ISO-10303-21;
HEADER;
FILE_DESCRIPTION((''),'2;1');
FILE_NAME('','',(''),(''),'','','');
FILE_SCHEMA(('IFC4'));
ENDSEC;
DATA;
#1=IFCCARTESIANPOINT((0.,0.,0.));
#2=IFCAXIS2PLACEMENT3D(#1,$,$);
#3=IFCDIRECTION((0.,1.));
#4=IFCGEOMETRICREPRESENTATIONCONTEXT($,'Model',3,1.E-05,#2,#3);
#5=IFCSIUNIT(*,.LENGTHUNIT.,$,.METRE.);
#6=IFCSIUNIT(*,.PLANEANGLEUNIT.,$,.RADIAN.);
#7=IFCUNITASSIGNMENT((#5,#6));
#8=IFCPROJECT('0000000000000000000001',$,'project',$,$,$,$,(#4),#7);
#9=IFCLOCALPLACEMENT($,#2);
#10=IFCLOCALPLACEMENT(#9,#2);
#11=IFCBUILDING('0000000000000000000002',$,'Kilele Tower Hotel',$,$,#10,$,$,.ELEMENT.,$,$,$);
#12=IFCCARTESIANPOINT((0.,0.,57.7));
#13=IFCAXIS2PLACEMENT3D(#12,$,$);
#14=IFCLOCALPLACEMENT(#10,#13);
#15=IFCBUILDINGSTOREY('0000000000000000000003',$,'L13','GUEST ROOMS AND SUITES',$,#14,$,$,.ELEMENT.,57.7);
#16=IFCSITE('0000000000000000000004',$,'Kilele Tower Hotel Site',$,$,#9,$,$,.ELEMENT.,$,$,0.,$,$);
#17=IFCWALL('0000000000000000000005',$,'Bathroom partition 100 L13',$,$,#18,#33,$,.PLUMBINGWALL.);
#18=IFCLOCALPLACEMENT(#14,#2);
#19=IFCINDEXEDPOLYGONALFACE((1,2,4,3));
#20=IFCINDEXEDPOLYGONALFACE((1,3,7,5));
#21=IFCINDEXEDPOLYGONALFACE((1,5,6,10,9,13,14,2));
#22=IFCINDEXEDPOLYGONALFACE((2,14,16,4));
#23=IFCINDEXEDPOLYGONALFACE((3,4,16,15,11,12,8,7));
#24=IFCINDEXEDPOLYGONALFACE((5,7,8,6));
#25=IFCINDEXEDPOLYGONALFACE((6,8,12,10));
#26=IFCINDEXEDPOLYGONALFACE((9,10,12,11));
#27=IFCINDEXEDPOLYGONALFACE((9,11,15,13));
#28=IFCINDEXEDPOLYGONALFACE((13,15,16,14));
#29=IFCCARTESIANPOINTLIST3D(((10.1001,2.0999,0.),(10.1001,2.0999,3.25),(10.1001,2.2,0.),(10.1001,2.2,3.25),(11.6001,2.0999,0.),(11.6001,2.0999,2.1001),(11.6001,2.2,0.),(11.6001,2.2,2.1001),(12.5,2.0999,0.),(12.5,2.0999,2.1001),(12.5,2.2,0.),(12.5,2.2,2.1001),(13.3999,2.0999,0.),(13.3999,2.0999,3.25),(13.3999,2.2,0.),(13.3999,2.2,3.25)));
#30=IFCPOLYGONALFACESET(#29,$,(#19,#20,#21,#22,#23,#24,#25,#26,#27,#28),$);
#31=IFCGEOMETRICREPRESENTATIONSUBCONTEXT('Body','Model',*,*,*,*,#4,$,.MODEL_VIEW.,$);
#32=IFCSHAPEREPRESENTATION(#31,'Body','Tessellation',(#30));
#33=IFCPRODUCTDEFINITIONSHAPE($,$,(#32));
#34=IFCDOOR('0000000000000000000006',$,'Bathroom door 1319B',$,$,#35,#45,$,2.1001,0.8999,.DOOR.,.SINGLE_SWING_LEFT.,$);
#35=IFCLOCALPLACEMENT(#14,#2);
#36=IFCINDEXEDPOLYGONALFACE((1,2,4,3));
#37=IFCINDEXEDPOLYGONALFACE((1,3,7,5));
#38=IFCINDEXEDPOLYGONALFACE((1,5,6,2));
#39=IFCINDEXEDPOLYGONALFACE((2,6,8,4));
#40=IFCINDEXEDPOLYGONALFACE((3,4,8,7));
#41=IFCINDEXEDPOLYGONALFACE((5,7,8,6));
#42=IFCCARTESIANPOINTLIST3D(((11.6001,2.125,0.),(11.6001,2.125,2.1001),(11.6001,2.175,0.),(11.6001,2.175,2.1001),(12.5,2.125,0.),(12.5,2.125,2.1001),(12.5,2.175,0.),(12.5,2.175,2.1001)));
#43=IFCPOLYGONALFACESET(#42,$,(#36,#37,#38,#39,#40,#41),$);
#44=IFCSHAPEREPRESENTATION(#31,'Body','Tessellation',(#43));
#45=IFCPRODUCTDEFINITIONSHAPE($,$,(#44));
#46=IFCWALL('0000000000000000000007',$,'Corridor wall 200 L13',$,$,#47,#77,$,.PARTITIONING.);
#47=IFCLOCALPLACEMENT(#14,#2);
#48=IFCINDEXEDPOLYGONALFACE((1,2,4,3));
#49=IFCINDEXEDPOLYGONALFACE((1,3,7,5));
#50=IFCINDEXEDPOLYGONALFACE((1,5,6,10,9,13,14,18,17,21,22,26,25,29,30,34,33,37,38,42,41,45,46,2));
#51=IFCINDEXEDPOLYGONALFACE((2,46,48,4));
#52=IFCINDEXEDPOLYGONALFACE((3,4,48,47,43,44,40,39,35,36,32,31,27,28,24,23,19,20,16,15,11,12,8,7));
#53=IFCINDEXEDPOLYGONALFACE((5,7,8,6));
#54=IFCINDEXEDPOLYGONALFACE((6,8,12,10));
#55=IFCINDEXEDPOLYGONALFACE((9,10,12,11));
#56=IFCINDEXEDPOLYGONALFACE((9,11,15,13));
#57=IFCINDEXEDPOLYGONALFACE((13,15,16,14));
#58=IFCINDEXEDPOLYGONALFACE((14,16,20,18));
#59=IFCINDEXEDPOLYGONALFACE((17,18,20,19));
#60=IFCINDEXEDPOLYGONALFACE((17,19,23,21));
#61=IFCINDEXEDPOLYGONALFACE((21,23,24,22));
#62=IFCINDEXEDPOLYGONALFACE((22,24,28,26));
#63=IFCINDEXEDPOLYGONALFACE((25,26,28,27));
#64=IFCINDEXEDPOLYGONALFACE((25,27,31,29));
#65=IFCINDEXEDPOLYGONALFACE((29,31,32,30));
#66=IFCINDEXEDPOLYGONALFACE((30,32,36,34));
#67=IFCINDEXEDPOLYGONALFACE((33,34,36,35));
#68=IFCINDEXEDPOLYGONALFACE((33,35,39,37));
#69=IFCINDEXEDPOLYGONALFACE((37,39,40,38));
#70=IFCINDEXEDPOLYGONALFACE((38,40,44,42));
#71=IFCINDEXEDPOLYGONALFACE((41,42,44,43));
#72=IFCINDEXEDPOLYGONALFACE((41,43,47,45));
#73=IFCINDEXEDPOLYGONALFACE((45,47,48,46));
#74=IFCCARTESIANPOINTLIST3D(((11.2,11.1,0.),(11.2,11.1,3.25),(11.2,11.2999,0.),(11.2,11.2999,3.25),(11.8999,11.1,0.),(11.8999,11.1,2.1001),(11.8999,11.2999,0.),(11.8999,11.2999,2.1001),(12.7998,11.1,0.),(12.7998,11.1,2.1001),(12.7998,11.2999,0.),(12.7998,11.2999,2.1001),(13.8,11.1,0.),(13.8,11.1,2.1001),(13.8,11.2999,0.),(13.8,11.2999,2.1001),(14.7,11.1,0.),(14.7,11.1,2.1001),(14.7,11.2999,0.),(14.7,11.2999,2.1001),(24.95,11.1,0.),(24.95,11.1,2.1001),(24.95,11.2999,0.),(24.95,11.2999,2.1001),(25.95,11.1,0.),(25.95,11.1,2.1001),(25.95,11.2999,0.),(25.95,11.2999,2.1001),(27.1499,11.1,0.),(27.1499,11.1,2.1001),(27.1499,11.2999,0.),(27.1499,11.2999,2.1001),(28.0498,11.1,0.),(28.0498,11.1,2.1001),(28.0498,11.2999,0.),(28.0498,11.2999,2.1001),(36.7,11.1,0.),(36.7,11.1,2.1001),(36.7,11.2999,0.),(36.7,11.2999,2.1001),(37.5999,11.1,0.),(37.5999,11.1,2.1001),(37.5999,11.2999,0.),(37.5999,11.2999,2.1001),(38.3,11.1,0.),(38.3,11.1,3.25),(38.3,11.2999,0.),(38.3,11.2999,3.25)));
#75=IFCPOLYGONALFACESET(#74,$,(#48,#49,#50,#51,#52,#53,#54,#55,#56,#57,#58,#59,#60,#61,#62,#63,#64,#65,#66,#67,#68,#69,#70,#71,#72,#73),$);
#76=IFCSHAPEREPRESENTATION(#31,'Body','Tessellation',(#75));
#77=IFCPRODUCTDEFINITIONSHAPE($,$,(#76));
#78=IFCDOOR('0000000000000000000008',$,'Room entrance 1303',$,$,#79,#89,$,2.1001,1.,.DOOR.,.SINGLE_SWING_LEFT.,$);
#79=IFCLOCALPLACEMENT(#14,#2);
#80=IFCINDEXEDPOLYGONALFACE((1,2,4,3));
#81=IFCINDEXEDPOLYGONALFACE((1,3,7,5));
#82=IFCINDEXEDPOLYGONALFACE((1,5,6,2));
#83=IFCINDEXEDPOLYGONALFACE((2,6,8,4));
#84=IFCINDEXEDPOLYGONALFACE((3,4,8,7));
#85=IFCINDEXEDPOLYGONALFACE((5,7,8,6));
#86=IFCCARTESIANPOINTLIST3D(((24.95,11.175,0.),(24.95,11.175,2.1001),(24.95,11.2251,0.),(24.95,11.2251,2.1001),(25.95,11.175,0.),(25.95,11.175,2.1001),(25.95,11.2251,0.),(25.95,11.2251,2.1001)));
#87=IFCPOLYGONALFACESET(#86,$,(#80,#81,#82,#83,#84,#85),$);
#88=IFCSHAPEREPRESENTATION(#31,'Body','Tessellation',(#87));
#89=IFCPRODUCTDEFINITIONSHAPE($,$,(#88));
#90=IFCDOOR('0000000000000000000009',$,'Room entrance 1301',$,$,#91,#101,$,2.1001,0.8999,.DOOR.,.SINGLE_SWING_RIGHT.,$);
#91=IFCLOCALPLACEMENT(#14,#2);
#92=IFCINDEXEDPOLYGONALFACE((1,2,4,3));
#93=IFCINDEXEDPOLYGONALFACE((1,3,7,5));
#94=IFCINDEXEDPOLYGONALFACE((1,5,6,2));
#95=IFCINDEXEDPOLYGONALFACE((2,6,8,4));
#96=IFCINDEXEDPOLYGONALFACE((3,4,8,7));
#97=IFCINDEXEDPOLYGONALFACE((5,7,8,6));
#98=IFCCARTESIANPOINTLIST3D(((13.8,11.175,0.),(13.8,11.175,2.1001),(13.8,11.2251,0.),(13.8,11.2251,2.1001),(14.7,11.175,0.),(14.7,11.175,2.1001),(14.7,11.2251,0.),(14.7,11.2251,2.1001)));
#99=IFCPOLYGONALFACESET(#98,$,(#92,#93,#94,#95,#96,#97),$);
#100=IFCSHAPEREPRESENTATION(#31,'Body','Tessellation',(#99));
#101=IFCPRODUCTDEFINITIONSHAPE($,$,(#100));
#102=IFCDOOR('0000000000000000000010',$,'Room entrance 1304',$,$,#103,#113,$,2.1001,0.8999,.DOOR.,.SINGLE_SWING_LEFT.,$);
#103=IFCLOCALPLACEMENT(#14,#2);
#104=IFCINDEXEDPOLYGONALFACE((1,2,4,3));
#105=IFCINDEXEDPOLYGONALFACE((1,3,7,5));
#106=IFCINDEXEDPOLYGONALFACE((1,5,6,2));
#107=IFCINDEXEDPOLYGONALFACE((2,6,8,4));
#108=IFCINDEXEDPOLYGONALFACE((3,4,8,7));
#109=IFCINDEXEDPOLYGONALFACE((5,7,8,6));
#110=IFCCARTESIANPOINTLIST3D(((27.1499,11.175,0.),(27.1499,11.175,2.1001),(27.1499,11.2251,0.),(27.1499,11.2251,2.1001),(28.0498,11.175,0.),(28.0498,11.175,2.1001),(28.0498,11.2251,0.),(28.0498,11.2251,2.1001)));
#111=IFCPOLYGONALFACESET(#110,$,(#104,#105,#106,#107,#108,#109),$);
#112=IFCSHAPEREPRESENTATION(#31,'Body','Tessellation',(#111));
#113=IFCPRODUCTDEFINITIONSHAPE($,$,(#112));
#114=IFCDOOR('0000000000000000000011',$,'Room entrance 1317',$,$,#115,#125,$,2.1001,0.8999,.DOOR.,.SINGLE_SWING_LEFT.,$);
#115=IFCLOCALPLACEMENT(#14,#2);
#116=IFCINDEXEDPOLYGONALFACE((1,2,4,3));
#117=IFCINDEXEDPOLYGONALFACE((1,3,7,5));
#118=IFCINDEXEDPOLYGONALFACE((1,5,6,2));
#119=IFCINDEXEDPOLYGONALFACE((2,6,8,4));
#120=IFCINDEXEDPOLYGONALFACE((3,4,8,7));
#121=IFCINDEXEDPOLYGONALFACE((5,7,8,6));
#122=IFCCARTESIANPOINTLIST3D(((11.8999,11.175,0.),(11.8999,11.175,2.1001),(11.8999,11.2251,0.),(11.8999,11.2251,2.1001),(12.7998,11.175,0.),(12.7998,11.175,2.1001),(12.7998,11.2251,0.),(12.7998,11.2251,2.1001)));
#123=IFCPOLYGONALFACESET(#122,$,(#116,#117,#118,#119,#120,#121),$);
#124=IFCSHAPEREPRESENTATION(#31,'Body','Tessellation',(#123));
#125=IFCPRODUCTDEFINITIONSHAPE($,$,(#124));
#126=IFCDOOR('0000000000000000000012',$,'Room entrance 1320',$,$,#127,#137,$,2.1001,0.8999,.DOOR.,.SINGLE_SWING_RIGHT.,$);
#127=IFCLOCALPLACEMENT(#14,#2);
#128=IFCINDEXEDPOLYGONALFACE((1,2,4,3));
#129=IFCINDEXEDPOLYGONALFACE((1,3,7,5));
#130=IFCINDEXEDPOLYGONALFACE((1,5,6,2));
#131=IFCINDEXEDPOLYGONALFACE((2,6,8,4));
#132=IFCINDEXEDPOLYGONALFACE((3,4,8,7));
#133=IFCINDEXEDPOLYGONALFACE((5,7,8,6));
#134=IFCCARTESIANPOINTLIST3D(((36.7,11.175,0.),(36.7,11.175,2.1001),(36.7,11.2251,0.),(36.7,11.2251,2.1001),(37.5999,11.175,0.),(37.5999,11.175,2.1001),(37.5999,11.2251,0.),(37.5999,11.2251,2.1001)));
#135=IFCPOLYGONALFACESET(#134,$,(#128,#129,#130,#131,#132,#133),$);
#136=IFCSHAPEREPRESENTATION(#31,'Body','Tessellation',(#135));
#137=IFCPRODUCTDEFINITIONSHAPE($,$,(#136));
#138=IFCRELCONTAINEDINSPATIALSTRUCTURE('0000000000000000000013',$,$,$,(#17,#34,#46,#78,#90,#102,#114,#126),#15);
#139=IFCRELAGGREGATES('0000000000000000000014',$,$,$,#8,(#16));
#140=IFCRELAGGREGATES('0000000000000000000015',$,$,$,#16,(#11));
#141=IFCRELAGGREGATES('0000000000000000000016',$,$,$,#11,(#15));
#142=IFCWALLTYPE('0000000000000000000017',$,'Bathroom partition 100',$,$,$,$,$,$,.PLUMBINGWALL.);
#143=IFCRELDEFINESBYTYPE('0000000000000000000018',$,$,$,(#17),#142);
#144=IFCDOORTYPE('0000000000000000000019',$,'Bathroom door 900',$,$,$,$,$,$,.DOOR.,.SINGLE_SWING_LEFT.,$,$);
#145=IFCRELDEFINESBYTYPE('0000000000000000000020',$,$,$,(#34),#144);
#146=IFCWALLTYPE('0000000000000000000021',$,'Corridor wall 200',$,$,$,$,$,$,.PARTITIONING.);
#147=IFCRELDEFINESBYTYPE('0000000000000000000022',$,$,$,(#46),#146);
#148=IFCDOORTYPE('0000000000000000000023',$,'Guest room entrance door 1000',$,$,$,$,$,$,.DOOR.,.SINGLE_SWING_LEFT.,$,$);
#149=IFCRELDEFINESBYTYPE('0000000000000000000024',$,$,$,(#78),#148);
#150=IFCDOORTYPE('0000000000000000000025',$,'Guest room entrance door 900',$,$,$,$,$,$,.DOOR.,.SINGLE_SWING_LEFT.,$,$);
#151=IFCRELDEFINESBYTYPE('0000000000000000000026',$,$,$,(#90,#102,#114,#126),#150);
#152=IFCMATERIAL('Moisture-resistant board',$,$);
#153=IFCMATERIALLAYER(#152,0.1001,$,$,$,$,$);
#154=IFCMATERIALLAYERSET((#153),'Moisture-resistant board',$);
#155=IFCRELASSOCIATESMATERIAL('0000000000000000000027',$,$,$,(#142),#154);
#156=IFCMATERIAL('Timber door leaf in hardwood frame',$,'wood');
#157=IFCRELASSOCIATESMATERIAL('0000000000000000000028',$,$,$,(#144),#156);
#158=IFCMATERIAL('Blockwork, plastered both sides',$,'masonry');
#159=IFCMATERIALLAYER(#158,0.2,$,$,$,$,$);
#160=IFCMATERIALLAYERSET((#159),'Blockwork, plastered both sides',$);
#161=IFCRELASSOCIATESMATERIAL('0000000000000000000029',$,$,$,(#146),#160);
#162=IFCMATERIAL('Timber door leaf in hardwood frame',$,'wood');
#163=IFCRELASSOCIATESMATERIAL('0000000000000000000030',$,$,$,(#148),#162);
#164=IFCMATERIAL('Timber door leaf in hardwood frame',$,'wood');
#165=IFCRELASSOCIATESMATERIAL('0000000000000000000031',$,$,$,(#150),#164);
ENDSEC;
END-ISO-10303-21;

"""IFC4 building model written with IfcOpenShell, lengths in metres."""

from ifc_helpers import new_model, si_unit, direction, frame, frame_2d, origin, place, context, subcontext, project, spatial, rectangle, extrude, material, layer, layer_set, type_object, element, fill, save


model = new_model("IFC4")

# Units and contexts
model_context = context("Model", 3, precision=1e-05, world=origin(), true_north=direction((0.0, 1.0)))
body_context = subcontext(model_context, "Body", "Model", "MODEL_VIEW")
ifc_project = project(units=[si_unit("LENGTHUNIT", "METRE"), si_unit("PLANEANGLEUNIT", "RADIAN")], contexts=[model_context])

# Site, building, storey
site_placement = place(None, origin())
site = spatial("IfcSite", under=ifc_project, at=site_placement, Name="Kilele Tower Hotel Site", CompositionType="ELEMENT", RefElevation=0.0)
building_placement = place(site_placement, origin())
building = spatial("IfcBuilding", under=site, at=building_placement, Name="Kilele Tower Hotel", CompositionType="ELEMENT")
storey_placement = place(building_placement, frame((0.0, 0.0, 57.7)))
storey = spatial("IfcBuildingStorey", under=building, at=storey_placement, Name="L13", Description="GUEST ROOMS AND SUITES", CompositionType="ELEMENT", Elevation=57.7)

# Shared definitions
ifc_material_1 = material(Name="Moisture-resistant board")
ifc_layer_1 = layer(ifc_material_1, 0.1001)
ifc_layer_set_1 = layer_set([ifc_layer_1], Name="Moisture-resistant board")
wall_type_1 = type_object("IfcWallType", Name="Bathroom partition 100", PredefinedType="PLUMBINGWALL", material=ifc_layer_set_1)

# Wall, opening, door
ifc_material_2 = material(Name="Timber door leaf in hardwood frame", Category="wood")
door_type_1 = type_object("IfcDoorType", Name="Bathroom door 900", OperationType="SINGLE_SWING_LEFT", PredefinedType="DOOR", material=ifc_material_2)
wall_1_placement = place(storey_placement, frame((13.3999, 2.1499, 0.0), z_axis=(0.0, 0.0, 1.0), x_axis=(-1.0, 0.0, 0.0)))
wall_1 = element("IfcWall", 1, at=wall_1_placement, inside=storey, type_object=wall_type_1, Name="Bathroom partition 100 L13", PredefinedType="PLUMBINGWALL", context=body_context, shape_type="SweptSolid", body=[
    extrude(rectangle(XDim=3.2998, YDim=0.1001, at=frame_2d((1.6499, 0.0))), origin(), (0.0, 0.0, 1.0), 3.25),
])
opening_1_placement = place(wall_1_placement, frame((0.8999, 0.0, 0.0)))
opening_1 = element("IfcOpeningElement", 2, at=opening_1_placement, cuts=wall_1, PredefinedType="OPENING", context=body_context, shape_type="SweptSolid", body=[
    extrude(rectangle(XDim=0.8999, YDim=2.1001, at=frame_2d((0.45, 1.05))), frame((0.0, 0.0601, 0.0), z_axis=(0.0, -1.0, 0.0), x_axis=(1.0, 0.0, 0.0)), (0.0, 0.0, 1.0), 0.1201),
])
door_1_placement = place(opening_1_placement, origin())
door_1 = element("IfcDoor", 3, at=door_1_placement, inside=storey, type_object=door_type_1, Name="Bathroom door 1319B", OperationType="SINGLE_SWING_LEFT", OverallHeight=2.1001, OverallWidth=0.8999, PredefinedType="DOOR", context=body_context, shape_type="SweptSolid", body=[
    extrude(rectangle(XDim=0.8999, YDim=2.1001, at=frame_2d((0.45, 1.05))), frame((0.0, 0.0249, 0.0), z_axis=(0.0, -1.0, 0.0), x_axis=(1.0, 0.0, 0.0)), (0.0, 0.0, 1.0), 0.05),
])
fill(opening_1, door_1)

# Wall, openings, doors
ifc_material_3 = material(Name="Blockwork, plastered both sides", Category="masonry")
ifc_layer_2 = layer(ifc_material_3, 0.2)
ifc_layer_set_2 = layer_set([ifc_layer_2], Name="Blockwork, plastered both sides")
wall_type_2 = type_object("IfcWallType", Name="Corridor wall 200", PredefinedType="PARTITIONING", material=ifc_layer_set_2)
wall_2_placement = place(storey_placement, frame((11.2, 11.2, 0.0), z_axis=(0.0, 0.0, 1.0), x_axis=(1.0, 0.0, 0.0)))
wall_2 = element("IfcWall", 4, at=wall_2_placement, inside=storey, type_object=wall_type_2, Name="Corridor wall 200 L13", PredefinedType="PARTITIONING", context=body_context, shape_type="SweptSolid", body=[
    extrude(rectangle(XDim=27.1001, YDim=0.2, at=frame_2d((13.55, 0.0))), origin(), (0.0, 0.0, 1.0), 3.25),
])
opening_2_placement = place(wall_2_placement, frame((3.5, 0.0, 0.0), z_axis=(0.0, 0.0, 1.0), x_axis=(-1.0, 0.0, 0.0)))
opening_2 = element("IfcOpeningElement", 5, at=opening_2_placement, cuts=wall_2, PredefinedType="OPENING", context=body_context, shape_type="SweptSolid", body=[
    extrude(rectangle(XDim=0.8999, YDim=2.1001, at=frame_2d((0.45, 1.05))), frame((0.0, 0.1099, 0.0), z_axis=(0.0, -1.0, 0.0), x_axis=(1.0, 0.0, 0.0)), (0.0, 0.0, 1.0), 0.22),
])
opening_3_placement = place(wall_2_placement, frame((14.75, 0.0, 0.0), z_axis=(0.0, 0.0, 1.0), x_axis=(-1.0, 0.0, 0.0)))
opening_3 = element("IfcOpeningElement", 6, at=opening_3_placement, cuts=wall_2, PredefinedType="OPENING", context=body_context, shape_type="SweptSolid", body=[
    extrude(rectangle(XDim=1.0, YDim=2.1001, at=frame_2d((0.5, 1.05))), frame((0.0, 0.1099, 0.0), z_axis=(0.0, -1.0, 0.0), x_axis=(1.0, 0.0, 0.0)), (0.0, 0.0, 1.0), 0.22),
])
opening_4_placement = place(wall_2_placement, frame((16.8499, 0.0, 0.0), z_axis=(0.0, 0.0, 1.0), x_axis=(-1.0, 0.0, 0.0)))
opening_4 = element("IfcOpeningElement", 7, at=opening_4_placement, cuts=wall_2, PredefinedType="OPENING", context=body_context, shape_type="SweptSolid", body=[
    extrude(rectangle(XDim=0.8999, YDim=2.1001, at=frame_2d((0.45, 1.05))), frame((0.0, 0.1099, 0.0), z_axis=(0.0, -1.0, 0.0), x_axis=(1.0, 0.0, 0.0)), (0.0, 0.0, 1.0), 0.22),
])
opening_5_placement = place(wall_2_placement, frame((1.5999, 0.0, 0.0), z_axis=(0.0, 0.0, 1.0), x_axis=(-1.0, 0.0, 0.0)))
opening_5 = element("IfcOpeningElement", 8, at=opening_5_placement, cuts=wall_2, PredefinedType="OPENING", context=body_context, shape_type="SweptSolid", body=[
    extrude(rectangle(XDim=0.8999, YDim=2.1001, at=frame_2d((0.45, 1.05))), frame((0.0, 0.1099, 0.0), z_axis=(0.0, -1.0, 0.0), x_axis=(1.0, 0.0, 0.0)), (0.0, 0.0, 1.0), 0.22),
])
opening_6_placement = place(wall_2_placement, frame((26.3999, 0.0, 0.0), z_axis=(0.0, 0.0, 1.0), x_axis=(-1.0, 0.0, 0.0)))
opening_6 = element("IfcOpeningElement", 9, at=opening_6_placement, cuts=wall_2, PredefinedType="OPENING", context=body_context, shape_type="SweptSolid", body=[
    extrude(rectangle(XDim=0.8999, YDim=2.1001, at=frame_2d((0.45, 1.05))), frame((0.0, 0.1099, 0.0), z_axis=(0.0, -1.0, 0.0), x_axis=(1.0, 0.0, 0.0)), (0.0, 0.0, 1.0), 0.22),
])
ifc_material_4 = material(Name="Timber door leaf in hardwood frame", Category="wood")
door_type_2 = type_object("IfcDoorType", Name="Guest room entrance door 1000", OperationType="SINGLE_SWING_LEFT", PredefinedType="DOOR", material=ifc_material_4)
door_2_placement = place(opening_3_placement, origin())
door_2 = element("IfcDoor", 10, at=door_2_placement, inside=storey, type_object=door_type_2, Name="Room entrance 1303", OperationType="SINGLE_SWING_LEFT", OverallHeight=2.1001, OverallWidth=1.0, PredefinedType="DOOR", context=body_context, shape_type="SweptSolid", body=[
    extrude(rectangle(XDim=1.0, YDim=2.1001, at=frame_2d((0.5, 1.05))), frame((0.0, 0.0249, 0.0), z_axis=(0.0, -1.0, 0.0), x_axis=(1.0, 0.0, 0.0)), (0.0, 0.0, 1.0), 0.05),
])
fill(opening_3, door_2)
ifc_material_5 = material(Name="Timber door leaf in hardwood frame", Category="wood")
door_type_3 = type_object("IfcDoorType", Name="Guest room entrance door 900", OperationType="SINGLE_SWING_LEFT", PredefinedType="DOOR", material=ifc_material_5)
door_3_placement = place(opening_2_placement, origin())
door_3 = element("IfcDoor", 11, at=door_3_placement, inside=storey, type_object=door_type_3, Name="Room entrance 1301", OperationType="SINGLE_SWING_RIGHT", OverallHeight=2.1001, OverallWidth=0.8999, PredefinedType="DOOR", context=body_context, shape_type="SweptSolid", body=[
    extrude(rectangle(XDim=0.8999, YDim=2.1001, at=frame_2d((0.45, 1.05))), frame((0.0, 0.0249, 0.0), z_axis=(0.0, -1.0, 0.0), x_axis=(1.0, 0.0, 0.0)), (0.0, 0.0, 1.0), 0.05),
])
fill(opening_2, door_3)
door_4_placement = place(opening_4_placement, origin())
door_4 = element("IfcDoor", 12, at=door_4_placement, inside=storey, type_object=door_type_3, Name="Room entrance 1304", OperationType="SINGLE_SWING_LEFT", OverallHeight=2.1001, OverallWidth=0.8999, PredefinedType="DOOR", context=body_context, shape_type="SweptSolid", body=[
    extrude(rectangle(XDim=0.8999, YDim=2.1001, at=frame_2d((0.45, 1.05))), frame((0.0, 0.0249, 0.0), z_axis=(0.0, -1.0, 0.0), x_axis=(1.0, 0.0, 0.0)), (0.0, 0.0, 1.0), 0.05),
])
fill(opening_4, door_4)
door_5_placement = place(opening_5_placement, origin())
door_5 = element("IfcDoor", 13, at=door_5_placement, inside=storey, type_object=door_type_3, Name="Room entrance 1317", OperationType="SINGLE_SWING_LEFT", OverallHeight=2.1001, OverallWidth=0.8999, PredefinedType="DOOR", context=body_context, shape_type="SweptSolid", body=[
    extrude(rectangle(XDim=0.8999, YDim=2.1001, at=frame_2d((0.45, 1.05))), frame((0.0, 0.0249, 0.0), z_axis=(0.0, -1.0, 0.0), x_axis=(1.0, 0.0, 0.0)), (0.0, 0.0, 1.0), 0.05),
])
fill(opening_5, door_5)
door_6_placement = place(opening_6_placement, origin())
door_6 = element("IfcDoor", 14, at=door_6_placement, inside=storey, type_object=door_type_3, Name="Room entrance 1320", OperationType="SINGLE_SWING_RIGHT", OverallHeight=2.1001, OverallWidth=0.8999, PredefinedType="DOOR", context=body_context, shape_type="SweptSolid", body=[
    extrude(rectangle(XDim=0.8999, YDim=2.1001, at=frame_2d((0.45, 1.05))), frame((0.0, 0.0249, 0.0), z_axis=(0.0, -1.0, 0.0), x_axis=(1.0, 0.0, 0.0)), (0.0, 0.0, 1.0), 0.05),
])
fill(opening_6, door_6)

save(model, "model.ifc")
